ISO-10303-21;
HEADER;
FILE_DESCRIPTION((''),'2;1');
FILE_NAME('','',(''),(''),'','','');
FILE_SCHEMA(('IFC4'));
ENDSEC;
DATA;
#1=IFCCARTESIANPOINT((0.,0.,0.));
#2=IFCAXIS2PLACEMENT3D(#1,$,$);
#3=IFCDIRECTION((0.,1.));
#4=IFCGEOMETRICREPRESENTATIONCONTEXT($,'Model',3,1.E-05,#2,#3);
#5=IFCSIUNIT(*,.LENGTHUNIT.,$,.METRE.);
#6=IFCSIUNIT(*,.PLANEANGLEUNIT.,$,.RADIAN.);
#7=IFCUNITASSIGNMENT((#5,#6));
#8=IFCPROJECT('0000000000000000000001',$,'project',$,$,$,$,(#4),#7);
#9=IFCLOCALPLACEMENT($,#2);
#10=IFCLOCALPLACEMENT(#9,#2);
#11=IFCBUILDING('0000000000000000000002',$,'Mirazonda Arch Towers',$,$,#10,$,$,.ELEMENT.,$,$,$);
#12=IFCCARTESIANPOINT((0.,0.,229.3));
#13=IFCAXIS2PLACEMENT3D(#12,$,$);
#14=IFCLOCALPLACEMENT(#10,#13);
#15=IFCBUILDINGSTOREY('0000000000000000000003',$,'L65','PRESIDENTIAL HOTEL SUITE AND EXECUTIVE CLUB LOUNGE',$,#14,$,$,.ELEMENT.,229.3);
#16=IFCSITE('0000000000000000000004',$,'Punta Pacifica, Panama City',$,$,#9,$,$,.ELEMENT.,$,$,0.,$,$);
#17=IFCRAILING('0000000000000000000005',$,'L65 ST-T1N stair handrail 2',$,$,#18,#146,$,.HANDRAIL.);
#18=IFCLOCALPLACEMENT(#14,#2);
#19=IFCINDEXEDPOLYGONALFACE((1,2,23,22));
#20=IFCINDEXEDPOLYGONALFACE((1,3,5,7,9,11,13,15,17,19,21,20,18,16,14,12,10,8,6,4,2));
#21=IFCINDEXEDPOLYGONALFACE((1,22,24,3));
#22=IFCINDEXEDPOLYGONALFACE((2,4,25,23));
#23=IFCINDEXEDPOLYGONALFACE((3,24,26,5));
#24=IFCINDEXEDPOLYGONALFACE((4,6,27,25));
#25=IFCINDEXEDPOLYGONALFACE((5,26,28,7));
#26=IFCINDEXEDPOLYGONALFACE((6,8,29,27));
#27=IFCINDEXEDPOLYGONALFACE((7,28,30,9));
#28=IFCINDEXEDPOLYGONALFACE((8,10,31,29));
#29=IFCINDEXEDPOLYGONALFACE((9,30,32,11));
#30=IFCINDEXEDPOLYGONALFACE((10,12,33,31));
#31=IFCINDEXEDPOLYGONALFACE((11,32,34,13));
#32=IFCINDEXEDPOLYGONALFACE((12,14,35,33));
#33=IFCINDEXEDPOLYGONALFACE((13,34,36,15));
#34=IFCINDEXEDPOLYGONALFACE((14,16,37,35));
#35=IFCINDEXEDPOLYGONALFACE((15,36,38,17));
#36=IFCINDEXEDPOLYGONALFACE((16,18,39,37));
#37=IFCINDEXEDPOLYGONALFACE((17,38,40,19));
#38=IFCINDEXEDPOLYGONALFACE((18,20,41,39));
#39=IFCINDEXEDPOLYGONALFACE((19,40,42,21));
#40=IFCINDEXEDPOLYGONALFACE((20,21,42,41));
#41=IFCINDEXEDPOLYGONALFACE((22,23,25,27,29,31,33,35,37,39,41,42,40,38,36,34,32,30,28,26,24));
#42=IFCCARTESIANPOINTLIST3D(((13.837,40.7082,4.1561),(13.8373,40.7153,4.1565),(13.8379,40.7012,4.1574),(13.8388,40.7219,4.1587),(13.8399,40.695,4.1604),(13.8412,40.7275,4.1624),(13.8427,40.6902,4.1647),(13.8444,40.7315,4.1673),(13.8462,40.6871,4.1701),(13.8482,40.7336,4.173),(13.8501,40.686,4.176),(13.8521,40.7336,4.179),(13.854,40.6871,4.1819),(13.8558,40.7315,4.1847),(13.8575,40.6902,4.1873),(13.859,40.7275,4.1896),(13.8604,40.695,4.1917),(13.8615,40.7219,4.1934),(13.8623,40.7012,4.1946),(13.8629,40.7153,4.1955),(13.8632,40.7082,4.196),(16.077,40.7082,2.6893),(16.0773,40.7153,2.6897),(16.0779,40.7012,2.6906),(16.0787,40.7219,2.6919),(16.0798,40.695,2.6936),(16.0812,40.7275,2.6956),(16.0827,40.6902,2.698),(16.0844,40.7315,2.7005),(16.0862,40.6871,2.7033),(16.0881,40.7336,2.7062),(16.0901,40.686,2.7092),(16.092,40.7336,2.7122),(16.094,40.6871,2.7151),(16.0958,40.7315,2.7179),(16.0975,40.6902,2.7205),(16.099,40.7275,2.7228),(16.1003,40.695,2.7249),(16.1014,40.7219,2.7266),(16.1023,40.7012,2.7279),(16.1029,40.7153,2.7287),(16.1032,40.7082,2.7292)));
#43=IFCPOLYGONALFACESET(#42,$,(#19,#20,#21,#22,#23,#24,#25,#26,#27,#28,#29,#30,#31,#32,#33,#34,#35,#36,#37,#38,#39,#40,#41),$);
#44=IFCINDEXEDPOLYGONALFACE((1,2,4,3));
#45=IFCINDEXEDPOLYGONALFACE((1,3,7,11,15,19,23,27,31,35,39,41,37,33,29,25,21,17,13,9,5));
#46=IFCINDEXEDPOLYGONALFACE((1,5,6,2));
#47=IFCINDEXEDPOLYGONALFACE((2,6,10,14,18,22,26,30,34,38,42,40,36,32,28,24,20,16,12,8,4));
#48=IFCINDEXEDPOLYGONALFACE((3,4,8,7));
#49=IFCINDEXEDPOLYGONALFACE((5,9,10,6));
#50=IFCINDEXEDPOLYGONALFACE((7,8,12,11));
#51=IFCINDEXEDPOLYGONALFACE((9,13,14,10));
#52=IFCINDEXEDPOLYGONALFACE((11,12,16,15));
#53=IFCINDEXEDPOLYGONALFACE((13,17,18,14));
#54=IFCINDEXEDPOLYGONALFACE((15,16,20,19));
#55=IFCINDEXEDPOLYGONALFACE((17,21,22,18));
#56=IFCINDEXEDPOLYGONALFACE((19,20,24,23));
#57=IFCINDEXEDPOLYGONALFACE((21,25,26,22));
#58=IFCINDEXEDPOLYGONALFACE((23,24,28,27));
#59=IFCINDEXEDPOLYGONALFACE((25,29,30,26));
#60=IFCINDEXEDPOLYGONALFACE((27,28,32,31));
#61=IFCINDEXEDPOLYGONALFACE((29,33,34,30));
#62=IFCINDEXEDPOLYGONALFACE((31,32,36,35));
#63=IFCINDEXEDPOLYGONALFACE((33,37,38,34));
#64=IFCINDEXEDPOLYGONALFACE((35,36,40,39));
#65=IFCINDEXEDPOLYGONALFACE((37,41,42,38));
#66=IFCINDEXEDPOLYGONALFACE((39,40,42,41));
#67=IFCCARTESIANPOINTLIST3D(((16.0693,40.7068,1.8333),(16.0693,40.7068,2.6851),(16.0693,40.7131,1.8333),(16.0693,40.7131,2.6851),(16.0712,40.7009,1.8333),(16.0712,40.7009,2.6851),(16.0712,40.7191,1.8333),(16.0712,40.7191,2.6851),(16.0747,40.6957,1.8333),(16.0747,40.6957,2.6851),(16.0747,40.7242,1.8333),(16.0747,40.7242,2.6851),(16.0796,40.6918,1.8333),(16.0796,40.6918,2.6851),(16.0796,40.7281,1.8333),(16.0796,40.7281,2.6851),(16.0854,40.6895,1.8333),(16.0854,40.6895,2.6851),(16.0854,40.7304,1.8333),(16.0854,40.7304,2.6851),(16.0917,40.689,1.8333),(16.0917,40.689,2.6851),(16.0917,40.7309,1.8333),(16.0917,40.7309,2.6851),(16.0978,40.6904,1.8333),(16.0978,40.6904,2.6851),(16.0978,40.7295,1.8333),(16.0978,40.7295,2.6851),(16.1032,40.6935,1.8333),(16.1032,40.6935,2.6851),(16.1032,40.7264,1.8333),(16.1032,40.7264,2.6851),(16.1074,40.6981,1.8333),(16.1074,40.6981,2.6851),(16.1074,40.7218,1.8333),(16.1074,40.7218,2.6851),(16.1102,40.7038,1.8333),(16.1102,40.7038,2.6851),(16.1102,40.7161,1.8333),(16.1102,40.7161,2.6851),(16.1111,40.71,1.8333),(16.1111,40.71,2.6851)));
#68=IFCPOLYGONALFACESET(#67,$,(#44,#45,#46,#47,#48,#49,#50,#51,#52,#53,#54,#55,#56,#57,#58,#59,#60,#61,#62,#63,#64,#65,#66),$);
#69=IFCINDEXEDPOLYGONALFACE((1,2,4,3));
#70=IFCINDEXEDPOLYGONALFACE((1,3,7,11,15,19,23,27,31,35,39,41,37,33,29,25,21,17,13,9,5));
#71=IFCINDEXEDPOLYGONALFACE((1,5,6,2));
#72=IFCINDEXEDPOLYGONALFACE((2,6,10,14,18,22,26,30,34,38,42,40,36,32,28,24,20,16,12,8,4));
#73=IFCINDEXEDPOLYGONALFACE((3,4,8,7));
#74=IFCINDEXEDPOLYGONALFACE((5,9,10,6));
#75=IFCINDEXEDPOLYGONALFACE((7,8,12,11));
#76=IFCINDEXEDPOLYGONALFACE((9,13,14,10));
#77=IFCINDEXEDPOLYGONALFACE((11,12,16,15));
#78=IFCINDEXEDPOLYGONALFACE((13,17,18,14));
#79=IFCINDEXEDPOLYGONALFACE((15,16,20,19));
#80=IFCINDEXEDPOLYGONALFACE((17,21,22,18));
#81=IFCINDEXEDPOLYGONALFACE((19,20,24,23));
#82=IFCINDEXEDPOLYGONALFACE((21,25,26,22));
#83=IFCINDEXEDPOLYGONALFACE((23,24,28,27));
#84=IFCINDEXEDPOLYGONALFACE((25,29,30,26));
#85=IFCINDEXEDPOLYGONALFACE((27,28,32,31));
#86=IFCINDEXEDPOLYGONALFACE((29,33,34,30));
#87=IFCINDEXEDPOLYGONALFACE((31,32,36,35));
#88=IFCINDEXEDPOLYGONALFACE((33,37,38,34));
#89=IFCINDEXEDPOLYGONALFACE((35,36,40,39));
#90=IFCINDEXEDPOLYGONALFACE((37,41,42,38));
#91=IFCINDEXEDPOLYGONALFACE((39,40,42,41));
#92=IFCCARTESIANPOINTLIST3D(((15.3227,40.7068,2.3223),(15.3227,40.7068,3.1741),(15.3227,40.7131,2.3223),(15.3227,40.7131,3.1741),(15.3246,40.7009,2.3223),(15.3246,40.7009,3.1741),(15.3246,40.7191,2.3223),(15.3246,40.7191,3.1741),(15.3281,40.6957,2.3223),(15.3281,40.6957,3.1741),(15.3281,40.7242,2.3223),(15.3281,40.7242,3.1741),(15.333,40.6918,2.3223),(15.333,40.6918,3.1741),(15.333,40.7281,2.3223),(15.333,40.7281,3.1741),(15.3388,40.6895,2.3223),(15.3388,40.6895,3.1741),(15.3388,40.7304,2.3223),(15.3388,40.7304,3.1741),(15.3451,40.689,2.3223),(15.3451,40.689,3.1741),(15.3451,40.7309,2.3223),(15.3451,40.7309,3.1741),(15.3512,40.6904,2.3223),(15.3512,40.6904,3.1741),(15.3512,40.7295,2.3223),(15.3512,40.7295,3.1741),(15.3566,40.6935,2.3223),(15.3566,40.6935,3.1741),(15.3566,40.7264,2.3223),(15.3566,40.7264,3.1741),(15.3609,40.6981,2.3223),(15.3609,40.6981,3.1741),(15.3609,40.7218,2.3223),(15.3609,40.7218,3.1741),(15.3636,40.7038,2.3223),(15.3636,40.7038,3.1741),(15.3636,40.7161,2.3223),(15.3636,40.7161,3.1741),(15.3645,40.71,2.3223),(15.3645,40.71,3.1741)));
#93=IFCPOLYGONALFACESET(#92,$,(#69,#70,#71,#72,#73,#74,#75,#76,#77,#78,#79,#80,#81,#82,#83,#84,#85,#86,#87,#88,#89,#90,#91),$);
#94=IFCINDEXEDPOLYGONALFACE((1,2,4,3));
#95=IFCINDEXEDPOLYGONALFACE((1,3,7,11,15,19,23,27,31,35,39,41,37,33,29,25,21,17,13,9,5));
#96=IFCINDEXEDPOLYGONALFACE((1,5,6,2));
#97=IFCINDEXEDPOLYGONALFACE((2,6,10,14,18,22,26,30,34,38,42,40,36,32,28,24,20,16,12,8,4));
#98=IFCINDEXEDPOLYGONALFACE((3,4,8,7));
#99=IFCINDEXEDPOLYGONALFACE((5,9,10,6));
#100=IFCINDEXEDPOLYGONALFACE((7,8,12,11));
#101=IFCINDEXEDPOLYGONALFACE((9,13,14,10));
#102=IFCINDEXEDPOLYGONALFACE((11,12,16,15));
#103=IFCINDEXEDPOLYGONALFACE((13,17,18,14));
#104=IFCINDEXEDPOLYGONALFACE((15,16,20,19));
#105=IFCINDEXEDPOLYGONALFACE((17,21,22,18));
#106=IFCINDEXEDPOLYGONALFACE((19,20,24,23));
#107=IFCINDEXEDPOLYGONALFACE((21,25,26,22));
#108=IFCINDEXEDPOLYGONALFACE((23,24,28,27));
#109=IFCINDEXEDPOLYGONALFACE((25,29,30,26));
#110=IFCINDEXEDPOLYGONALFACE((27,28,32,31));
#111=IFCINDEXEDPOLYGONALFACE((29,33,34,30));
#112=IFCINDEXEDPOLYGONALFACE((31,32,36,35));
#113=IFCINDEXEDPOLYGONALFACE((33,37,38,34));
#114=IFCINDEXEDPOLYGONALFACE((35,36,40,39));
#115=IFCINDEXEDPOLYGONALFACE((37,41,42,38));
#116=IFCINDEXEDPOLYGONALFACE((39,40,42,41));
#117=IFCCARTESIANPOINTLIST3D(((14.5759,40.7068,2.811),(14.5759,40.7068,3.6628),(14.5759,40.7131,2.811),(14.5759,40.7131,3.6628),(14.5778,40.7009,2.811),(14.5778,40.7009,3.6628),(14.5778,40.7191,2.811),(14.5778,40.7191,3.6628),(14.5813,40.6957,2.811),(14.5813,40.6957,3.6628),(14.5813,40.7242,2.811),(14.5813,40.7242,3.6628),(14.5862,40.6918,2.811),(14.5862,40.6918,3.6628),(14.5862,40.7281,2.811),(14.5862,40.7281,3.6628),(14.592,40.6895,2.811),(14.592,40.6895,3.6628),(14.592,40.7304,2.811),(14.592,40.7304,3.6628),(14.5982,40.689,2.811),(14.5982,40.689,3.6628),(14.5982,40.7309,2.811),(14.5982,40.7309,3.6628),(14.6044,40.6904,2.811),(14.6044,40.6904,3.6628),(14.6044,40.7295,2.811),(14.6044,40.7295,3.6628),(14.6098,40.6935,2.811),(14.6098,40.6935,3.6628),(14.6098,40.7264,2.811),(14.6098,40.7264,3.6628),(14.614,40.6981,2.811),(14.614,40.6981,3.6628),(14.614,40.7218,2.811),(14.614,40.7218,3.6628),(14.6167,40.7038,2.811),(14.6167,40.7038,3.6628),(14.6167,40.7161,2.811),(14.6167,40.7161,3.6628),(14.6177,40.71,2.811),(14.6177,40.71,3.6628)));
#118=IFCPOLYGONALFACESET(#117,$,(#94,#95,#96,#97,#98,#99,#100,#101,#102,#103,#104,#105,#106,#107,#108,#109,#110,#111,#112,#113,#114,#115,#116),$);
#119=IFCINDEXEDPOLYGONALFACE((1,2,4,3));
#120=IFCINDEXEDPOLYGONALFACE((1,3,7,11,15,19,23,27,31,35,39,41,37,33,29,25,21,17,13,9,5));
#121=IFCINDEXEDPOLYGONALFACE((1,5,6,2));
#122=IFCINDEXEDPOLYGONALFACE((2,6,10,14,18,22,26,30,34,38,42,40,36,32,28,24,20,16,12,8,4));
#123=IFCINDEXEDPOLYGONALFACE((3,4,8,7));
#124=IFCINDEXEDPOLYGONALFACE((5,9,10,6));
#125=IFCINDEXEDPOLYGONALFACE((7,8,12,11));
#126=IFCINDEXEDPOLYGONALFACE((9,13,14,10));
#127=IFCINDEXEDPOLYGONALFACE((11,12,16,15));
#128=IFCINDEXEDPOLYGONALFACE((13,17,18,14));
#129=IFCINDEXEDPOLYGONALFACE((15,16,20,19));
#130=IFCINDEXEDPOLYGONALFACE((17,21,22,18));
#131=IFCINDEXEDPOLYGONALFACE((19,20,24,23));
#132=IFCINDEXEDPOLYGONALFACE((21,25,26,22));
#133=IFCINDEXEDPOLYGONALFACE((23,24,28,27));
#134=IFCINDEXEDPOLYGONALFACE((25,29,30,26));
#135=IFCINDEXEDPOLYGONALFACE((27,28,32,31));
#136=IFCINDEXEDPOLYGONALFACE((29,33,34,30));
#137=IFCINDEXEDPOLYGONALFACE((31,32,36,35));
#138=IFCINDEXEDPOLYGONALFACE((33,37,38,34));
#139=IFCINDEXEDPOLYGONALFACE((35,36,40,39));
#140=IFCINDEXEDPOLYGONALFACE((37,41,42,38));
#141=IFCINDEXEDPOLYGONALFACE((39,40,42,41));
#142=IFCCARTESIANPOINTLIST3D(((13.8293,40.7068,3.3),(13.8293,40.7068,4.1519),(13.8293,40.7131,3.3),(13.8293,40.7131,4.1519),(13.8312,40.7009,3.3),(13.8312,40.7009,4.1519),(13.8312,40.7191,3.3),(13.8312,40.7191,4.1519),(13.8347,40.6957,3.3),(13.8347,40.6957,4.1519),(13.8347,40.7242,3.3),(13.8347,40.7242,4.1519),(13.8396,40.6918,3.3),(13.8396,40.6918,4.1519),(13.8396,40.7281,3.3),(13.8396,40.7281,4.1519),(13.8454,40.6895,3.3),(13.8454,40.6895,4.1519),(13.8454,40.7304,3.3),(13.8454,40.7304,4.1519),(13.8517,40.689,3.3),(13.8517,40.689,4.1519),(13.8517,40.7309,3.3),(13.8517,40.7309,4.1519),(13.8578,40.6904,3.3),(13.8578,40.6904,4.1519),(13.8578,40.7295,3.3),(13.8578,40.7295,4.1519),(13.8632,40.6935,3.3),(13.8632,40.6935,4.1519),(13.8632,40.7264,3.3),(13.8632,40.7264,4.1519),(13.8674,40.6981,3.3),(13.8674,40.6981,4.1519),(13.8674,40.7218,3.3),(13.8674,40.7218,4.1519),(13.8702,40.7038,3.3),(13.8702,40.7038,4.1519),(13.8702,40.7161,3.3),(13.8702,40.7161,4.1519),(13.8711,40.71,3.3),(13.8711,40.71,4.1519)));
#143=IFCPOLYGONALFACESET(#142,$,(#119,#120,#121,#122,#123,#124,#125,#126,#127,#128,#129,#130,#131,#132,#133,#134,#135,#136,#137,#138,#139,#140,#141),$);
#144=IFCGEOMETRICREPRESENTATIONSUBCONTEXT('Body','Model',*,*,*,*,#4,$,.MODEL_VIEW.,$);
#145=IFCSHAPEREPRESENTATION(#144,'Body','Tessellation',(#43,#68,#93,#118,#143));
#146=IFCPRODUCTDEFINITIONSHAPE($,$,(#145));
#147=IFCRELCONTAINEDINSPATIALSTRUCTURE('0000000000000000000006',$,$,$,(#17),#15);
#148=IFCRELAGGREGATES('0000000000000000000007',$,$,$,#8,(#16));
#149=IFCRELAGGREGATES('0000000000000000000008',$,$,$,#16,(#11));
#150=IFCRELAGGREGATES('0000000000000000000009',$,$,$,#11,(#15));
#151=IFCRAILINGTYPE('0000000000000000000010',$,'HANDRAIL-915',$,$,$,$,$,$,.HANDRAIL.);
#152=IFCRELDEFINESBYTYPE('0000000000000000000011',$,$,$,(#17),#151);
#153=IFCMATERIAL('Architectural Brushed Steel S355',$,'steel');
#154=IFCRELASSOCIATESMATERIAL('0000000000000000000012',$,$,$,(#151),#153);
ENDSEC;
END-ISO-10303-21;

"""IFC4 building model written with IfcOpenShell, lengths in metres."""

from ifc_helpers import new_model, si_unit, direction, frame, origin, origin_2d, place, context, subcontext, project, spatial, circle, extrude, material, type_object, element, save


model = new_model("IFC4")

# Units and contexts
model_context = context("Model", 3, precision=1e-05, world=origin(), true_north=direction((0.0, 1.0)))
body_context = subcontext(model_context, "Body", "Model", "MODEL_VIEW")
ifc_project = project(units=[si_unit("LENGTHUNIT", "METRE"), si_unit("PLANEANGLEUNIT", "RADIAN")], contexts=[model_context])

# Site, building, storey
site_placement = place(None, origin())
site = spatial("IfcSite", under=ifc_project, at=site_placement, Name="Punta Pacifica, Panama City", CompositionType="ELEMENT", RefElevation=0.0)
building_placement = place(site_placement, origin())
building = spatial("IfcBuilding", under=site, at=building_placement, Name="Mirazonda Arch Towers", CompositionType="ELEMENT")
storey_placement = place(building_placement, frame((0.0, 0.0, 229.3)))
storey = spatial("IfcBuildingStorey", under=building, at=storey_placement, Name="L65", Description="PRESIDENTIAL HOTEL SUITE AND EXECUTIVE CLUB LOUNGE", CompositionType="ELEMENT", Elevation=229.3)

# Shared definitions
ifc_material_1 = material(Name="Architectural Brushed Steel S355", Category="steel")

# Railing
railing_type_1 = type_object("IfcRailingType", Name="HANDRAIL-915", PredefinedType="HANDRAIL", material=ifc_material_1)
railing_1_placement = place(storey_placement, frame((16.0901, 40.71, 1.8333)))
element("IfcRailing", 1, at=railing_1_placement, inside=storey, type_object=railing_type_1, Name="L65 ST-T1N stair handrail 2", PredefinedType="HANDRAIL", context=body_context, shape_type="SweptSolid", body=[
    extrude(circle(Radius=0.0239, at=origin_2d()), frame((0.0, 0.0, 0.876), z_axis=(-0.836595, 0.0, 0.547822), x_axis=(0.0, -1.0, 0.0)), (0.0, 0.0, 1.0), 2.6775),
    extrude(circle(Radius=0.021, at=origin_2d()), origin(), (0.0, 0.0, 1.0), 0.8518),
    extrude(circle(Radius=0.021, at=origin_2d()), frame((-0.7466, 0.0, 0.489)), (0.0, 0.0, 1.0), 0.8518),
    extrude(circle(Radius=0.021, at=origin_2d()), frame((-1.4934, 0.0, 0.9778)), (0.0, 0.0, 1.0), 0.8518),
    extrude(circle(Radius=0.021, at=origin_2d()), frame((-2.24, 0.0, 1.4668)), (0.0, 0.0, 1.0), 0.8518),
])

save(model, "model.ifc")
